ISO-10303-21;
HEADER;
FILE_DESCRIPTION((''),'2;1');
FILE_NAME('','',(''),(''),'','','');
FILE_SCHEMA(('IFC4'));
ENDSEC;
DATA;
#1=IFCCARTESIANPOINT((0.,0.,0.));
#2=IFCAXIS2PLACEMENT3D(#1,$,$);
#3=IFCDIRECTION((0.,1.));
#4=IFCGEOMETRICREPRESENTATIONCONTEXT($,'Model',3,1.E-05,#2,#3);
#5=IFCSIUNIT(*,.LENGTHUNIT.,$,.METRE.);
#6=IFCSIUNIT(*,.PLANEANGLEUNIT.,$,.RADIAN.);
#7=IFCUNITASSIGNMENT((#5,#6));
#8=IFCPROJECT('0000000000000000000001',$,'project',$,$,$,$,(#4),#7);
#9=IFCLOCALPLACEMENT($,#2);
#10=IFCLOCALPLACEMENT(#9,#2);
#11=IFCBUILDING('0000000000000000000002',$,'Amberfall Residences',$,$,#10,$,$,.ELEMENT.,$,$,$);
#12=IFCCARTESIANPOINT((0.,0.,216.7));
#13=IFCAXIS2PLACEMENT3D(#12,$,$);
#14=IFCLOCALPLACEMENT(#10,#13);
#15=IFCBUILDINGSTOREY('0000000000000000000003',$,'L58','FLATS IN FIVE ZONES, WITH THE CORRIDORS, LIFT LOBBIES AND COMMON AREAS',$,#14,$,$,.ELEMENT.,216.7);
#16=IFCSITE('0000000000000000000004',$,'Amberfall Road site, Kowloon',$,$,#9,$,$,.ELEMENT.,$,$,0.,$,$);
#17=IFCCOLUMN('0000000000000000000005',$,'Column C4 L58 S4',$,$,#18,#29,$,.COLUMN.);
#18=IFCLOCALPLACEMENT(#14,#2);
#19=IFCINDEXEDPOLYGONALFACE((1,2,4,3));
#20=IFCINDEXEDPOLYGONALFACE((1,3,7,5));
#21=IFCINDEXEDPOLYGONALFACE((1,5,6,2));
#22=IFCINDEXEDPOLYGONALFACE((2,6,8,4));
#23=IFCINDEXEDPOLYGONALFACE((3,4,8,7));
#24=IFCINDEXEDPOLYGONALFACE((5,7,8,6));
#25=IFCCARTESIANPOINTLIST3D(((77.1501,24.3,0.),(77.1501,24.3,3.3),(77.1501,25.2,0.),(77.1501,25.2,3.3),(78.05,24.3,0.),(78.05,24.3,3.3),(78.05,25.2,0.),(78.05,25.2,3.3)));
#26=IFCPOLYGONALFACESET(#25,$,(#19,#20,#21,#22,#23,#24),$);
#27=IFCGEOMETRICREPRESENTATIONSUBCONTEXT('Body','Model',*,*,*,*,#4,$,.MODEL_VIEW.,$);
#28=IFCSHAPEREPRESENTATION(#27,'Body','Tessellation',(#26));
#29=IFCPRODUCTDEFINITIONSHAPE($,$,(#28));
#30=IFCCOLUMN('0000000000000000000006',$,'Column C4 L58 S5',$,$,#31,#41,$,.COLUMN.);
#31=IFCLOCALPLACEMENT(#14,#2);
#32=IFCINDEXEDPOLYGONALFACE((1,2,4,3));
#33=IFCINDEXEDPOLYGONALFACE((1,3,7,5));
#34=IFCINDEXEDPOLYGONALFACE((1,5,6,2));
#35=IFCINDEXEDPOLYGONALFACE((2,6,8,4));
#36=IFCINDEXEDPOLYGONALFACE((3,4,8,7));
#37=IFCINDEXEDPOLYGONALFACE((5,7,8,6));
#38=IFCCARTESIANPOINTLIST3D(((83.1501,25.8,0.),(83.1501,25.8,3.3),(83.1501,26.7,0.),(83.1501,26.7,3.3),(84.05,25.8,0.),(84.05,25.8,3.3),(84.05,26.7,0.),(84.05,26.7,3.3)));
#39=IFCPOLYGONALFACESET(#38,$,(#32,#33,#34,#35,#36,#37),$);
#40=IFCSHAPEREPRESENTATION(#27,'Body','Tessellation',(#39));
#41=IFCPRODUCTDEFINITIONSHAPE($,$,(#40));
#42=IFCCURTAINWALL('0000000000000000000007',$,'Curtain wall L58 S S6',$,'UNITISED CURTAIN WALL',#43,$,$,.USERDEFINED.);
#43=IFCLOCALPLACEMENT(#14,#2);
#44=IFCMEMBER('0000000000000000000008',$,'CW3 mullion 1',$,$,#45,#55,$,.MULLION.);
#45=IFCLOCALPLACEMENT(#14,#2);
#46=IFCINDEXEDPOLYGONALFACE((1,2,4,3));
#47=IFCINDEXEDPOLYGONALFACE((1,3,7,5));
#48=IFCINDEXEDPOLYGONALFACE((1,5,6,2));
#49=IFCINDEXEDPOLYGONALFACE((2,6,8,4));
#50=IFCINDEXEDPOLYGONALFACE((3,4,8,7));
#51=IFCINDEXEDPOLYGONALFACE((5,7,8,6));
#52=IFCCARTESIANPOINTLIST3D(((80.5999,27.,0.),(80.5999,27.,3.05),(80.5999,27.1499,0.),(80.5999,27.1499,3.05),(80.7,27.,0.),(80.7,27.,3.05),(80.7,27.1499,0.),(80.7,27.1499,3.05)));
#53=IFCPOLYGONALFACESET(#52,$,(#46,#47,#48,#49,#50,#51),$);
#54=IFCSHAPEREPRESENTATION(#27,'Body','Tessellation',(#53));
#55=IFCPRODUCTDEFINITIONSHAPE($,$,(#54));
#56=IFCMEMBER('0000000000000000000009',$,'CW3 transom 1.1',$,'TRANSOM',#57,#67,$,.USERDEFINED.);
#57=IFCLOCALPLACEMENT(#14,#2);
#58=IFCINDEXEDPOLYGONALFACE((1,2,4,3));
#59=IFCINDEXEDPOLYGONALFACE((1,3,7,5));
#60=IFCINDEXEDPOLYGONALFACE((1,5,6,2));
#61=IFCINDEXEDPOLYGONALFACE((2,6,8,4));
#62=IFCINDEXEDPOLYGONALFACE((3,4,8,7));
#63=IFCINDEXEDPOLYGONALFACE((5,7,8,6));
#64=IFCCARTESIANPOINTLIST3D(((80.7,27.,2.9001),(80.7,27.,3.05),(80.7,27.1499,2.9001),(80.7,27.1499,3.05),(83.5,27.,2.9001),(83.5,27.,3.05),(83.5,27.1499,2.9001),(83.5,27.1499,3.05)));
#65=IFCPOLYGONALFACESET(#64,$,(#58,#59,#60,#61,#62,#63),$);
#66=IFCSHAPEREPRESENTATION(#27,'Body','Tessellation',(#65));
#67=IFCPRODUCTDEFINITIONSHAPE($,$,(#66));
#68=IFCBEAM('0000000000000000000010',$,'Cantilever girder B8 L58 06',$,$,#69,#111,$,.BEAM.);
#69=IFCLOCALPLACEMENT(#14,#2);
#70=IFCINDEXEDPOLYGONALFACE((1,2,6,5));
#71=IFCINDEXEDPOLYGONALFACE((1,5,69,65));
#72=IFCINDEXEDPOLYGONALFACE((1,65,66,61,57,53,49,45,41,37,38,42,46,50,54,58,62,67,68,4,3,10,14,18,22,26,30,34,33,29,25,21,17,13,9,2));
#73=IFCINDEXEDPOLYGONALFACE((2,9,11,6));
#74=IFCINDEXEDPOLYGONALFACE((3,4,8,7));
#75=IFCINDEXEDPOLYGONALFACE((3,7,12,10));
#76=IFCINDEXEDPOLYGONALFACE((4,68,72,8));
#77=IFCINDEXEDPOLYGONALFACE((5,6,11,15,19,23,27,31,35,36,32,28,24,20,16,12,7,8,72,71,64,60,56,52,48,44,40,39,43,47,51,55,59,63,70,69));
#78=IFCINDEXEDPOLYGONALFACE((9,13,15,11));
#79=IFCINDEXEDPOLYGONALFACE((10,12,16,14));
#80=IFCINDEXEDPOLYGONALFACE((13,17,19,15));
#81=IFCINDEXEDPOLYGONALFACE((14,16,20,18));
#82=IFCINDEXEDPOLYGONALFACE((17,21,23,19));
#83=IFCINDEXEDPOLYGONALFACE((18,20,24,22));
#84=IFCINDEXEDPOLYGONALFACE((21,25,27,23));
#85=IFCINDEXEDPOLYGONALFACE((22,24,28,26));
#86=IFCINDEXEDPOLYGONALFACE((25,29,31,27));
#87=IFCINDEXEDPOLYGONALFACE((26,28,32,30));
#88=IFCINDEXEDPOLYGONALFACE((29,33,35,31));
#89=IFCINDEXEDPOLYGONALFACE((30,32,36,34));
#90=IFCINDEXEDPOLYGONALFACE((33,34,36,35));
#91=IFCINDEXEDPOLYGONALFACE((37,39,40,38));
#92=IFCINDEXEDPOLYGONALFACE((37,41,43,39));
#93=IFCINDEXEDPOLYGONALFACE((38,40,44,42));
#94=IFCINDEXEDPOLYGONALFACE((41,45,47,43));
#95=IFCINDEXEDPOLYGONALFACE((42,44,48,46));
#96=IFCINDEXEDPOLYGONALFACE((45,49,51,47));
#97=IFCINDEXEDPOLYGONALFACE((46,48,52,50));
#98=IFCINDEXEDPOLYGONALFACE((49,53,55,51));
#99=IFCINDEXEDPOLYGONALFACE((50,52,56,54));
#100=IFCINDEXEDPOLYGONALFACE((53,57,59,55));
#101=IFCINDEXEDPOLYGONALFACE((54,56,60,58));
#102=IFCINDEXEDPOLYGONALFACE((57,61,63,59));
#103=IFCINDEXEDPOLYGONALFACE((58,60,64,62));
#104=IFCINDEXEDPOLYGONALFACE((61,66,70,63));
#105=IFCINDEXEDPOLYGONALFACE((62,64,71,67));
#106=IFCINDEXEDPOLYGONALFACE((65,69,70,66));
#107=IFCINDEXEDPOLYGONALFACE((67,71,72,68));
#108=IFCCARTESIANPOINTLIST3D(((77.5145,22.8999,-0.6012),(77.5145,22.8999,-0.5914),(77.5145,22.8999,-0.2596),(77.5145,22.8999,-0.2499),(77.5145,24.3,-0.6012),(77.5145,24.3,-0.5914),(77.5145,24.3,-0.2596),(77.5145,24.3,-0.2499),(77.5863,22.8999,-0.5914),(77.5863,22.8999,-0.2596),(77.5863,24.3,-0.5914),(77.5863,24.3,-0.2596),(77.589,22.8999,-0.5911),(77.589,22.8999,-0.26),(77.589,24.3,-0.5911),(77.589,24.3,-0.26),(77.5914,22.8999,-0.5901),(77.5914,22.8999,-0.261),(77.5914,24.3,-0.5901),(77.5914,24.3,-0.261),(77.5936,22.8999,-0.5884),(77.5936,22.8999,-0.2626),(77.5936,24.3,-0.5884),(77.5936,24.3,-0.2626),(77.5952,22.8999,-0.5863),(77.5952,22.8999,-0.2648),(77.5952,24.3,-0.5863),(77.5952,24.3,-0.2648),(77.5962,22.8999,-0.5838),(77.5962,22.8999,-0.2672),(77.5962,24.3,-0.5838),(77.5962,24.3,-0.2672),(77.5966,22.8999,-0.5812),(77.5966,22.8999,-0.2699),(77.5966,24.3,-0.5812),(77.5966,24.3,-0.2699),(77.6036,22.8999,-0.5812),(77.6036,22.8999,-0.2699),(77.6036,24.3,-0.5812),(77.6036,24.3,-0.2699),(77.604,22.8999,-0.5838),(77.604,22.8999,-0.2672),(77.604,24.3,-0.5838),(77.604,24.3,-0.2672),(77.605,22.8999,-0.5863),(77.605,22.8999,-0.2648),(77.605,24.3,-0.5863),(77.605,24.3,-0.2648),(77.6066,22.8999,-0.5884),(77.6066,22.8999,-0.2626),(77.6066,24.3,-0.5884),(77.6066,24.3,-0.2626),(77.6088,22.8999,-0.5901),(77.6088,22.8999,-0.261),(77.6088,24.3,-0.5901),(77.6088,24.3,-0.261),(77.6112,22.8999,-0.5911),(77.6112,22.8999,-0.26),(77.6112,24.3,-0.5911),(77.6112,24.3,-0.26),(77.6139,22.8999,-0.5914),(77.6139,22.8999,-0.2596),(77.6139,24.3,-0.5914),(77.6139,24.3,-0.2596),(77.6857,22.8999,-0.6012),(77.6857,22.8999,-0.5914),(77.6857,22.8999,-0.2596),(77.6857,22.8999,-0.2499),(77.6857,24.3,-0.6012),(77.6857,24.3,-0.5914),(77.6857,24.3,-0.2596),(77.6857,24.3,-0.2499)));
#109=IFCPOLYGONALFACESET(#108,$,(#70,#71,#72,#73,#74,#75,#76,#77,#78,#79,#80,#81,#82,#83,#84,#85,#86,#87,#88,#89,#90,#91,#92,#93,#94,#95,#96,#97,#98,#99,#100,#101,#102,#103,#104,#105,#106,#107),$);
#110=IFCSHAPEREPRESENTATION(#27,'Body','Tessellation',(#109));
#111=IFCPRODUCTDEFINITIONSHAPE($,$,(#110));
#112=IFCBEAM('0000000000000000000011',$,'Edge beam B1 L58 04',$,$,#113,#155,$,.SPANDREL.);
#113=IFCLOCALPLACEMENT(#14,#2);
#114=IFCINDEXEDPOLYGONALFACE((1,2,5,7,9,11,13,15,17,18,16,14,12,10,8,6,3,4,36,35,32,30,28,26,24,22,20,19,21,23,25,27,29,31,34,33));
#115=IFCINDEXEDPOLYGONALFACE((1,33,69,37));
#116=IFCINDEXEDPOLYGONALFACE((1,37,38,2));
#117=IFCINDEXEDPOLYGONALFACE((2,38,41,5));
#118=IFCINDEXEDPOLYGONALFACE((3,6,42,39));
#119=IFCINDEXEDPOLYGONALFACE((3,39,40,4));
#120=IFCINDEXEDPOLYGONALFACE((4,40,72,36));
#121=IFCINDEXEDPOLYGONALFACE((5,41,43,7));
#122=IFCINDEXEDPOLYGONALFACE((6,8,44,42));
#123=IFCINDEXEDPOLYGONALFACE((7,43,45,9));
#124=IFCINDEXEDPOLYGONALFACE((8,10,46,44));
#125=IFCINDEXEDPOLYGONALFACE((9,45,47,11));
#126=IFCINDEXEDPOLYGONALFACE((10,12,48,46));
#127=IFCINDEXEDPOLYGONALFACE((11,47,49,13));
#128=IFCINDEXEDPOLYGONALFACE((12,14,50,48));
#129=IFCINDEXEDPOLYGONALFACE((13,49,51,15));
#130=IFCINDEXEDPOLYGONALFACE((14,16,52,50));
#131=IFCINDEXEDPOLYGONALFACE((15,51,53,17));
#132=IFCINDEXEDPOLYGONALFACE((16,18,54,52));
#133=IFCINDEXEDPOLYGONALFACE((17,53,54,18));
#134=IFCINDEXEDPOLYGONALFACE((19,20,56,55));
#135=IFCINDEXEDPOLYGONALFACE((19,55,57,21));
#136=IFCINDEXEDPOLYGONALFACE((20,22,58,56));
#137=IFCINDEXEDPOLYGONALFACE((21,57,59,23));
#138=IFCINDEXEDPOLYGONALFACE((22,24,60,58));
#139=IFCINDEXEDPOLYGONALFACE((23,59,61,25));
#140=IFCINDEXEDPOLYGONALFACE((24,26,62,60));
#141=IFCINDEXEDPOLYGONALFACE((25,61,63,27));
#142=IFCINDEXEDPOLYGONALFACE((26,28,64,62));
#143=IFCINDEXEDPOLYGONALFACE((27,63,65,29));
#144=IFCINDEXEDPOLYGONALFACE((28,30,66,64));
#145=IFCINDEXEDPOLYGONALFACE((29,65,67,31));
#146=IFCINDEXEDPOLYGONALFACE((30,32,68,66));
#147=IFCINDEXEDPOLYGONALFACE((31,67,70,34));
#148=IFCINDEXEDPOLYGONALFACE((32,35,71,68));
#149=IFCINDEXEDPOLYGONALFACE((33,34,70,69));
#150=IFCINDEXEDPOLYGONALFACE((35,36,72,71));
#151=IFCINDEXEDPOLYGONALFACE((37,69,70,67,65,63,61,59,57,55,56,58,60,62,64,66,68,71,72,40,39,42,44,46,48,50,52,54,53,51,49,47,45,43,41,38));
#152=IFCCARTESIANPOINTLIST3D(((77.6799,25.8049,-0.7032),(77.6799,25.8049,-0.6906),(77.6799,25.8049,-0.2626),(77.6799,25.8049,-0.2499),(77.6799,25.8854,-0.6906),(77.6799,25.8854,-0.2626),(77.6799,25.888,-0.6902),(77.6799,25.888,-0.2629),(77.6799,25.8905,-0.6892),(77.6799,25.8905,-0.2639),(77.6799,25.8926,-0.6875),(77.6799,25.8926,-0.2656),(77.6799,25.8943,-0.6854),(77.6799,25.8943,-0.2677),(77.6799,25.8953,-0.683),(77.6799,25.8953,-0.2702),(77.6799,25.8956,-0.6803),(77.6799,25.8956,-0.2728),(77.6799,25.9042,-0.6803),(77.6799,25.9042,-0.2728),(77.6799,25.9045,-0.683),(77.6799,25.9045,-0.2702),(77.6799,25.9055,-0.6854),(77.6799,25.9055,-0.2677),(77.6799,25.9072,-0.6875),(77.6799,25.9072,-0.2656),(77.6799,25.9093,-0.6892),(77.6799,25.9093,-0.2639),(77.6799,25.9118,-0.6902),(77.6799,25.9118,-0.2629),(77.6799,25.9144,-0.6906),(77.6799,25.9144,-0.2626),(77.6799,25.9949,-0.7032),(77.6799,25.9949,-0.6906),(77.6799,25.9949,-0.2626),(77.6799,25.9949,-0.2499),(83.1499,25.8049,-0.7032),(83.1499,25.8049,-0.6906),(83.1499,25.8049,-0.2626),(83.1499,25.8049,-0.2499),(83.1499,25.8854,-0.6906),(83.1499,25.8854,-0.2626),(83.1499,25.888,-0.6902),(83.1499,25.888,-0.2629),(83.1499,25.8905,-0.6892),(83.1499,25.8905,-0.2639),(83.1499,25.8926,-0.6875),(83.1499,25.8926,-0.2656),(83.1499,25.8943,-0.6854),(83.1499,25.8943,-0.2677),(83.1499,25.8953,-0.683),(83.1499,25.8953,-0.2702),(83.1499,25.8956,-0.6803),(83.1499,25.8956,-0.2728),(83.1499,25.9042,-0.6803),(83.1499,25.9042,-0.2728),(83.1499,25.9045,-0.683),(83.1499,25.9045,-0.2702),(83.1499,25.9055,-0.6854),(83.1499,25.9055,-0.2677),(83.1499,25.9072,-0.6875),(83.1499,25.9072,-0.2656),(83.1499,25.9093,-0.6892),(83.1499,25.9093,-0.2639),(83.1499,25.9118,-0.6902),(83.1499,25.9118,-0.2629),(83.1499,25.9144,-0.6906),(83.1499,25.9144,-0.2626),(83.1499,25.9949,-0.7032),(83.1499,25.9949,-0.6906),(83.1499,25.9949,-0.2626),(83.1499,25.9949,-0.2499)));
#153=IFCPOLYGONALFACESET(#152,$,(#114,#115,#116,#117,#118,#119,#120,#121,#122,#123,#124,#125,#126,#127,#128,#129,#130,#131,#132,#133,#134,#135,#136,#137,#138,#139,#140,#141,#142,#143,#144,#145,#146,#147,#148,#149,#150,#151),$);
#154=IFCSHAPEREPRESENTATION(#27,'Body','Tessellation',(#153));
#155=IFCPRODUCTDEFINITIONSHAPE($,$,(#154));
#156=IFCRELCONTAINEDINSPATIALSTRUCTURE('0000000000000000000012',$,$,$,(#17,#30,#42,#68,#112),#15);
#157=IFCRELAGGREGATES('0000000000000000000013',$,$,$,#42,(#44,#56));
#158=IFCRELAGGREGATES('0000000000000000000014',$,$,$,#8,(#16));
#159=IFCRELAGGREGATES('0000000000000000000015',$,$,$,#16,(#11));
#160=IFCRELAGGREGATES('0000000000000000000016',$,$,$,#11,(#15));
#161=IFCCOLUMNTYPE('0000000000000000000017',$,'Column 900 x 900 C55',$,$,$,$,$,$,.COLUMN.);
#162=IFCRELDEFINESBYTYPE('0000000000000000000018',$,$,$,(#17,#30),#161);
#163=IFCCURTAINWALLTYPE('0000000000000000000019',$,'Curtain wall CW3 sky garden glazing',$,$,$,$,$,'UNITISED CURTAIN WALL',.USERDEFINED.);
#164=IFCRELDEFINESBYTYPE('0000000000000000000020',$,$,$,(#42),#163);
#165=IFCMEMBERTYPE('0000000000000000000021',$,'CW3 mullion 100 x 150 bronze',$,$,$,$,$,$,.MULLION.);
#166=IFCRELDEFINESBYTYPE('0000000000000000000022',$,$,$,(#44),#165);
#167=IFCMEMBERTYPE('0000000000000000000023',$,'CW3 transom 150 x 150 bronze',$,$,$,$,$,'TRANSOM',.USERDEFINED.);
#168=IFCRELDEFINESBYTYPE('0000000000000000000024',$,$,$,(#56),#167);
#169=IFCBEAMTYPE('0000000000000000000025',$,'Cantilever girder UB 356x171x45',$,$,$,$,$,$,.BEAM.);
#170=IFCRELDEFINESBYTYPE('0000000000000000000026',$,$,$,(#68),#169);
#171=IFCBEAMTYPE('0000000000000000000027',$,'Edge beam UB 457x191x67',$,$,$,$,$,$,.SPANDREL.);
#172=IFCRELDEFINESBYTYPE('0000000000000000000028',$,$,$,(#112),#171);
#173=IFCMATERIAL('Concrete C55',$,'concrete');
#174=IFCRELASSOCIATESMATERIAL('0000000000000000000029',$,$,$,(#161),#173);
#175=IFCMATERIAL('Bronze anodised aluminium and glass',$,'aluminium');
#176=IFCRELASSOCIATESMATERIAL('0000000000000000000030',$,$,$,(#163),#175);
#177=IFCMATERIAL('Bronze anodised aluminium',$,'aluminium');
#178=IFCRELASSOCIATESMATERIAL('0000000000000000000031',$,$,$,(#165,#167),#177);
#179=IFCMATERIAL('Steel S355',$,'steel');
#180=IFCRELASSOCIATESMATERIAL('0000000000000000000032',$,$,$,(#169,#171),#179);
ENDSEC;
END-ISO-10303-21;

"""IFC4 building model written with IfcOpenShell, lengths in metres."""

from ifc_helpers import new_model, si_unit, direction, frame, origin, origin_2d, place, context, subcontext, project, spatial, rectangle, i_section, extrude, material, material_profile, profile_set, type_object, element, aggregate, save


model = new_model("IFC4")

# Units and contexts
model_context = context("Model", 3, precision=1e-05, world=origin(), true_north=direction((0.0, 1.0)))
body_context = subcontext(model_context, "Body", "Model", "MODEL_VIEW")
ifc_project = project(units=[si_unit("LENGTHUNIT", "METRE"), si_unit("PLANEANGLEUNIT", "RADIAN")], contexts=[model_context])

# Site, building, storey
site_placement = place(None, origin())
site = spatial("IfcSite", under=ifc_project, at=site_placement, Name="Amberfall Road site, Kowloon", CompositionType="ELEMENT", RefElevation=0.0)
building_placement = place(site_placement, origin())
building = spatial("IfcBuilding", under=site, at=building_placement, Name="Amberfall Residences", CompositionType="ELEMENT")
storey_placement = place(building_placement, frame((0.0, 0.0, 216.7)))
storey = spatial("IfcBuildingStorey", under=building, at=storey_placement, Name="L58", Description="FLATS IN FIVE ZONES, WITH THE CORRIDORS, LIFT LOBBIES AND COMMON AREAS", CompositionType="ELEMENT", Elevation=216.7)

# Columns
ifc_material_1 = material(Name="Concrete C55", Category="concrete")
ifc_material_profile_1 = material_profile(ifc_material_1, rectangle(XDim=0.8999, YDim=0.8999, at=origin_2d()), Name="Column 900 x 900 C55")
ifc_profile_set_1 = profile_set([ifc_material_profile_1], Name="Concrete C55")
column_type = type_object("IfcColumnType", Name="Column 900 x 900 C55", PredefinedType="COLUMN", material=ifc_profile_set_1)
for number, where, z_axis, x_axis, name in (
    (1, (77.6001, 24.75, 0.0), (0.0, 0.0, 1.0), (1.0, 0.0, 0.0), "Column C4 L58 S4"),
    (2, (83.6001, 26.25, 0.0), (0.0, 0.0, 1.0), (1.0, 0.0, 0.0), "Column C4 L58 S5"),
):
    element("IfcColumn", number, at=place(storey_placement, frame(where, z_axis=z_axis, x_axis=x_axis)), inside=storey, type_object=column_type, Name=name, PredefinedType="COLUMN", context=body_context, shape_type="SweptSolid", body=[
        extrude(rectangle(XDim=0.8999, YDim=0.8999, at=origin_2d()), origin(), (0.0, 0.0, 1.0), 3.3),
    ])

# Curtain wall, members
ifc_material_2 = material(Name="Bronze anodised aluminium and glass", Category="aluminium")
curtain_wall_type = type_object("IfcCurtainWallType", Name="Curtain wall CW3 sky garden glazing", ElementType="UNITISED CURTAIN WALL", PredefinedType="USERDEFINED", material=ifc_material_2)
curtain_wall_placement = place(storey_placement, origin())
curtain_wall = element("IfcCurtainWall", 3, at=curtain_wall_placement, inside=storey, type_object=curtain_wall_type, Name="Curtain wall L58 S S6", ObjectType="UNITISED CURTAIN WALL", PredefinedType="USERDEFINED")
ifc_material_3 = material(Name="Bronze anodised aluminium", Category="aluminium")
ifc_material_profile_2 = material_profile(ifc_material_3, rectangle(XDim=0.1499, YDim=0.1001, at=origin_2d()), Name="CW3 mullion 100 x 150 bronze")
ifc_profile_set_2 = profile_set([ifc_material_profile_2], Name="Bronze anodised aluminium")
member_type_1 = type_object("IfcMemberType", Name="CW3 mullion 100 x 150 bronze", PredefinedType="MULLION", material=ifc_profile_set_2)
member_1_placement = place(storey_placement, frame((80.6499, 27.075, 0.0), z_axis=(0.0, 0.0, 1.0), x_axis=(0.0, 1.0, 0.0)))
member_1 = element("IfcMember", 4, at=member_1_placement, type_object=member_type_1, Name="CW3 mullion 1", PredefinedType="MULLION", context=body_context, shape_type="SweptSolid", body=[
    extrude(rectangle(XDim=0.1499, YDim=0.1001, at=origin_2d()), origin(), (0.0, 0.0, 1.0), 3.05),
])
ifc_material_profile_3 = material_profile(ifc_material_3, rectangle(XDim=0.1499, YDim=0.1499, at=origin_2d()), Name="CW3 transom 150 x 150 bronze")
ifc_profile_set_3 = profile_set([ifc_material_profile_3], Name="Bronze anodised aluminium")
member_type_2 = type_object("IfcMemberType", Name="CW3 transom 150 x 150 bronze", ElementType="TRANSOM", PredefinedType="USERDEFINED", material=ifc_profile_set_3)
member_2_placement = place(storey_placement, frame((80.7, 27.075, 2.9751), z_axis=(1.0, 0.0, 0.0), x_axis=(0.0, 1.0, 0.0)))
member_2 = element("IfcMember", 5, at=member_2_placement, type_object=member_type_2, Name="CW3 transom 1.1", ObjectType="TRANSOM", PredefinedType="USERDEFINED", context=body_context, shape_type="SweptSolid", body=[
    extrude(rectangle(XDim=0.1499, YDim=0.1499, at=origin_2d()), origin(), (0.0, 0.0, 1.0), 2.8),
])

# Beams
ifc_material_4 = material(Name="Steel S355", Category="steel")
ifc_material_profile_4 = material_profile(ifc_material_4, i_section(OverallWidth=0.1711, OverallDepth=0.3513, WebThickness=0.0071, FlangeThickness=0.0098, FilletRadius=0.0103, at=origin_2d()), Name="UB 356x171x45")
ifc_profile_set_4 = profile_set([ifc_material_profile_4], Name="Steel S355")
beam_type_1 = type_object("IfcBeamType", Name="Cantilever girder UB 356x171x45", PredefinedType="BEAM", material=ifc_profile_set_4)
beam_1_placement = place(storey_placement, frame((77.6001, 24.3, -0.4255), z_axis=(0.0, -1.0, 0.0), x_axis=(1.0, 0.0, 0.0)))
element("IfcBeam", 6, at=beam_1_placement, inside=storey, type_object=beam_type_1, Name="Cantilever girder B8 L58 06", PredefinedType="BEAM", context=body_context, shape_type="SweptSolid", body=[
    extrude(i_section(OverallWidth=0.1711, OverallDepth=0.3513, WebThickness=0.0071, FlangeThickness=0.0098, FilletRadius=0.0103, at=origin_2d()), origin(), (0.0, 0.0, 1.0), 1.4001),
])
ifc_material_profile_5 = material_profile(ifc_material_4, i_section(OverallWidth=0.1899, OverallDepth=0.4534, WebThickness=0.0085, FlangeThickness=0.0127, FilletRadius=0.0103, at=origin_2d()), Name="UB 457x191x67")
ifc_profile_set_5 = profile_set([ifc_material_profile_5], Name="Steel S355")
beam_type_2 = type_object("IfcBeamType", Name="Edge beam UB 457x191x67", PredefinedType="SPANDREL", material=ifc_profile_set_5)
beam_2_placement = place(storey_placement, frame((77.6799, 25.8999, -0.4766), z_axis=(1.0, 0.0, 0.0), x_axis=(0.0, 1.0, 0.0)))
element("IfcBeam", 7, at=beam_2_placement, inside=storey, type_object=beam_type_2, Name="Edge beam B1 L58 04", PredefinedType="SPANDREL", context=body_context, shape_type="SweptSolid", body=[
    extrude(i_section(OverallWidth=0.1899, OverallDepth=0.4534, WebThickness=0.0085, FlangeThickness=0.0127, FilletRadius=0.0103, at=origin_2d()), origin(), (0.0, 0.0, 1.0), 5.47),
])

aggregate(curtain_wall, [member_1, member_2])

save(model, "model.ifc")
